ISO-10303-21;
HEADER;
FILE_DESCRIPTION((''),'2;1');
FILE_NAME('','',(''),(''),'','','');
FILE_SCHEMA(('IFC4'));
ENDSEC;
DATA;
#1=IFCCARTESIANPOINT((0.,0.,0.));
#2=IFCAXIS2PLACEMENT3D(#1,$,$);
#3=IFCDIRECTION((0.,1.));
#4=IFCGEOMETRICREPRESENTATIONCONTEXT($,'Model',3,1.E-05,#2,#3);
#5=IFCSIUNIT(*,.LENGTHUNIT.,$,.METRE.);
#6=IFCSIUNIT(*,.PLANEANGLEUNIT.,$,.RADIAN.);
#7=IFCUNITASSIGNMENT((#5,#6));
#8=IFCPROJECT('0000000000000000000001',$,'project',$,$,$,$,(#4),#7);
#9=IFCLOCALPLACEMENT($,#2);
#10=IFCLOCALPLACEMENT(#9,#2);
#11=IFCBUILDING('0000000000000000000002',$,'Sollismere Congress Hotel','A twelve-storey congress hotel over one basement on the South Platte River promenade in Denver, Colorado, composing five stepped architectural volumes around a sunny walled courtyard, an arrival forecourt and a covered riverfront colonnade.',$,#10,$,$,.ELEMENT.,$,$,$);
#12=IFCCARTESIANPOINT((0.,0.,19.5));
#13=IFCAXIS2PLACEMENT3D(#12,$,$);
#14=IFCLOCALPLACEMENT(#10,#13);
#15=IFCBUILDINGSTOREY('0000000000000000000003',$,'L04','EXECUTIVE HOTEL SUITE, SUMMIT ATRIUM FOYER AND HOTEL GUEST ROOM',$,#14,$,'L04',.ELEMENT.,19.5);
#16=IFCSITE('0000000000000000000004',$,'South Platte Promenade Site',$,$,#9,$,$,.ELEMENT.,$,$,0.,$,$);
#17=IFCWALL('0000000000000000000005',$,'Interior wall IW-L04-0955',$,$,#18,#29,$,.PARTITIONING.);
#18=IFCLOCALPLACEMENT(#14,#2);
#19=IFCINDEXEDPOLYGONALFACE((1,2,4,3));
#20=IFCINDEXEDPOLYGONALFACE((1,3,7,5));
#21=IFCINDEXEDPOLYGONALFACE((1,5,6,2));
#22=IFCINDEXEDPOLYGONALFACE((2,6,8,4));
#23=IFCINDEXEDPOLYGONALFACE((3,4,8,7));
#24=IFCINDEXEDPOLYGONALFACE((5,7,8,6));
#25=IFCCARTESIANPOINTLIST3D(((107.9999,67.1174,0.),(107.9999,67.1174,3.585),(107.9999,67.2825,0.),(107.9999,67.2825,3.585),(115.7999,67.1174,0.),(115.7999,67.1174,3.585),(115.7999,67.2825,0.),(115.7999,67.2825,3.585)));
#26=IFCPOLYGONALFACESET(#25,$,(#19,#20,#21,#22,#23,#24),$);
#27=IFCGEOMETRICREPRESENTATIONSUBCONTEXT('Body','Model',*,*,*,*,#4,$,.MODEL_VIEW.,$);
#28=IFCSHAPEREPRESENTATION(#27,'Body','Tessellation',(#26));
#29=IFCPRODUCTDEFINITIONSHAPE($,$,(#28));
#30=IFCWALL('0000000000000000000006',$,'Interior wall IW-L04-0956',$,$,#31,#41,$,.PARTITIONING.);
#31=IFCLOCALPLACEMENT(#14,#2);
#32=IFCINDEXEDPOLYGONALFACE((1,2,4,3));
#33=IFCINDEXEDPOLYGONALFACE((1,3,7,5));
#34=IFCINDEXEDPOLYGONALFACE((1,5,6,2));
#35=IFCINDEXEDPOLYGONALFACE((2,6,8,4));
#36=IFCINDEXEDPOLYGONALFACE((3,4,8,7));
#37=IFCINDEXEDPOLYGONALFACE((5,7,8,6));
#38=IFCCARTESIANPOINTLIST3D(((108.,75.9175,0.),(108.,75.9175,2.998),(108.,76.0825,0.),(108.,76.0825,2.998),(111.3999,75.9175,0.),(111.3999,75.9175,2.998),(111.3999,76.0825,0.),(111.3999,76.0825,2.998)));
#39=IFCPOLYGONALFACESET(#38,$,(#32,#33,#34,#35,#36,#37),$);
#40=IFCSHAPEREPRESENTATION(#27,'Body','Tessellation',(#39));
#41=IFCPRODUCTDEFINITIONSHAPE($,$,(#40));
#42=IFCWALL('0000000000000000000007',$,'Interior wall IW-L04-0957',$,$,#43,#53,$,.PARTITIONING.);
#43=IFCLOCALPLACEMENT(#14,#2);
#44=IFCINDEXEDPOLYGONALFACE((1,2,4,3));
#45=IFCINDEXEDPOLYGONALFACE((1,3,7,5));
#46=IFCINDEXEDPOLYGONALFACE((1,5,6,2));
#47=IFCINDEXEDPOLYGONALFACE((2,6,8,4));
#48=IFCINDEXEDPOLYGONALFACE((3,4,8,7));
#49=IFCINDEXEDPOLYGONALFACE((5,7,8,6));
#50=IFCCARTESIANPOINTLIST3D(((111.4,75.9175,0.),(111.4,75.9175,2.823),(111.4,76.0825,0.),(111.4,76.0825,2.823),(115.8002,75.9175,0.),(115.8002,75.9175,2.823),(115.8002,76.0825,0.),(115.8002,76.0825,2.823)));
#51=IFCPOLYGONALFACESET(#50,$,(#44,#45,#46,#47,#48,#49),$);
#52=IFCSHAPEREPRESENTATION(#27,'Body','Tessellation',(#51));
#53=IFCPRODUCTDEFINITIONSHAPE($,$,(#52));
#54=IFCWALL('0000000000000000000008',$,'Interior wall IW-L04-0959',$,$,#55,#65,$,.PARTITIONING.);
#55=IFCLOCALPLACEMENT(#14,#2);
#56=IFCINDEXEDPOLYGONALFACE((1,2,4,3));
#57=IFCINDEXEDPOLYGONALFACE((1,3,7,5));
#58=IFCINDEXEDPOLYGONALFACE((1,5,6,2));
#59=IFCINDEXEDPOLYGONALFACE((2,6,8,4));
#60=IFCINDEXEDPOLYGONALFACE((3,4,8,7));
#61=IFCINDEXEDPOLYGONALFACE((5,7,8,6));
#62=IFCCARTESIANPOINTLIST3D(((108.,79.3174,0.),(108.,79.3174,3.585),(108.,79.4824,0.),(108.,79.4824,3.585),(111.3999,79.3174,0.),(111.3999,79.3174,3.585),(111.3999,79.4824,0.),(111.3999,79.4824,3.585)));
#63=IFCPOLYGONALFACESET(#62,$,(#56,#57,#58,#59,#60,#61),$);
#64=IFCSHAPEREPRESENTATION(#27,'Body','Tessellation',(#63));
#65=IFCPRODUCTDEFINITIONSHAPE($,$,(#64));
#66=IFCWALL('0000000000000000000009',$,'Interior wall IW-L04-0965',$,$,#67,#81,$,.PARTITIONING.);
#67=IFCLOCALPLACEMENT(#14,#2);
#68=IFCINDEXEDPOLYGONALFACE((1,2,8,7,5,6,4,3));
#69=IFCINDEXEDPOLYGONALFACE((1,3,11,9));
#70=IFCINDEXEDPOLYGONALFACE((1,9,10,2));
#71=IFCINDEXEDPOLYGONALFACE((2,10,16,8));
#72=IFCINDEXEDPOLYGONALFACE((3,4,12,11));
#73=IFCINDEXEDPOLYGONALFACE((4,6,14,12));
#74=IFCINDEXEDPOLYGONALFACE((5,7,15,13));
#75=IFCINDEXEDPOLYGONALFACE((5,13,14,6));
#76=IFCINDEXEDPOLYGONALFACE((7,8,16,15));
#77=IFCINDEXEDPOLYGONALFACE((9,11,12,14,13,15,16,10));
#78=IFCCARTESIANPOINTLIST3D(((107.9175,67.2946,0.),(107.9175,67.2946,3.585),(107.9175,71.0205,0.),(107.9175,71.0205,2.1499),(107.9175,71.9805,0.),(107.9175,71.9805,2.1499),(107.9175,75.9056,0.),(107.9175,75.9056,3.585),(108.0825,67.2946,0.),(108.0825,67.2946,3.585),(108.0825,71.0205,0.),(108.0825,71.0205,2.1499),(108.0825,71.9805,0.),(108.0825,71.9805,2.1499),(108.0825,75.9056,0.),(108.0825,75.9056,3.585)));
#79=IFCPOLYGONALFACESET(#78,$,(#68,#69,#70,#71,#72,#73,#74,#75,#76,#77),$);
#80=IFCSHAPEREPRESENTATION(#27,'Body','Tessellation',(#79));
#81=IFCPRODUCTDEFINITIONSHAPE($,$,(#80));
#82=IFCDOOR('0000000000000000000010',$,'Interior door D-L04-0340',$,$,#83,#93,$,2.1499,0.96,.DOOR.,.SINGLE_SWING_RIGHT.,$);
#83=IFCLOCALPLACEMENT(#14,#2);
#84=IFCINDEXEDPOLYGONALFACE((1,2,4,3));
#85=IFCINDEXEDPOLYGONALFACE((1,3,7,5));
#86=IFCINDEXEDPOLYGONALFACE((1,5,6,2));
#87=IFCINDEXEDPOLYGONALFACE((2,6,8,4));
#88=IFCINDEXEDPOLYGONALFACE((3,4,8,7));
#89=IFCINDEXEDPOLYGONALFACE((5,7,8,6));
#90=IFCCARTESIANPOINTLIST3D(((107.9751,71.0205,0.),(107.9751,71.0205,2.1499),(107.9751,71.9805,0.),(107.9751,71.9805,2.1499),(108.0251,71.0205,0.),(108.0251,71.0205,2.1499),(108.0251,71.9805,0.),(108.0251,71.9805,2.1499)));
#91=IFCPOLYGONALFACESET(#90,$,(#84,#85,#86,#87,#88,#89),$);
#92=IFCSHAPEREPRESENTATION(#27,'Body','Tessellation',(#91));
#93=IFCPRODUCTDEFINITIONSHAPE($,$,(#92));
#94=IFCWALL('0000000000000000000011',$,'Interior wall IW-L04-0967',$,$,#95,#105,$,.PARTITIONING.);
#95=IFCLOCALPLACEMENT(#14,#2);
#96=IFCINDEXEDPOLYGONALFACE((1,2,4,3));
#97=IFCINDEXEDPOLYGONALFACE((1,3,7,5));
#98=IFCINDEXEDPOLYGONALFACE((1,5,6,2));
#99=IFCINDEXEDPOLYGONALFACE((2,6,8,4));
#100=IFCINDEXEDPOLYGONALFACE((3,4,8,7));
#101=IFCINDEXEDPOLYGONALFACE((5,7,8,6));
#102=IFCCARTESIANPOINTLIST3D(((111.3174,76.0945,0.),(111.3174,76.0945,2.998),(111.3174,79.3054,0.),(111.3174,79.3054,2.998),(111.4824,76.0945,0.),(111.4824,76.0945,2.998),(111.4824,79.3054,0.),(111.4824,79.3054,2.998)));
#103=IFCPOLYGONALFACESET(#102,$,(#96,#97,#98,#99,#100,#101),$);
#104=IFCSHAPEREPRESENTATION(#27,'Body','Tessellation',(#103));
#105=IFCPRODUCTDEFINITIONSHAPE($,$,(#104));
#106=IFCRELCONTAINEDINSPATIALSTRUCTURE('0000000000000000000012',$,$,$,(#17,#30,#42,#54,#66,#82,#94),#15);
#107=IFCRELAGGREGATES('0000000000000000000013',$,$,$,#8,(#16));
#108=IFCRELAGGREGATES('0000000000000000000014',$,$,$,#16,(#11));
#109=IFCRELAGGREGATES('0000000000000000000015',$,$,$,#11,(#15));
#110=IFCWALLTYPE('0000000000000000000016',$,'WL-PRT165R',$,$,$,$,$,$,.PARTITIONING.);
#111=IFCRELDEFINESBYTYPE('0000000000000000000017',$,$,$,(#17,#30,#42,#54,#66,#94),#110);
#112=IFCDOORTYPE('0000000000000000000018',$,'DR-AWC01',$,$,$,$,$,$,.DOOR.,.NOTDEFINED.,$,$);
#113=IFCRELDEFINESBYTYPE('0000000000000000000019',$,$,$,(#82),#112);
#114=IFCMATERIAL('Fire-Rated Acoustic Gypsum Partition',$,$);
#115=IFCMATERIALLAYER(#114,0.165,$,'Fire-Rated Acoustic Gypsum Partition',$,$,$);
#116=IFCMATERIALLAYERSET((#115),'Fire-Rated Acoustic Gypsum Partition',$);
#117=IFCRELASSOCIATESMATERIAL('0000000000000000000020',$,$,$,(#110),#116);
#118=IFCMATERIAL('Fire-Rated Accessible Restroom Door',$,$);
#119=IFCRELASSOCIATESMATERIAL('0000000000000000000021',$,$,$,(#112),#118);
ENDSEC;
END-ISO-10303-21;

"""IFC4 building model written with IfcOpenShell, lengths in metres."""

from ifc_helpers import new_model, si_unit, direction, frame, frame_2d, origin, place, context, subcontext, project, spatial, rectangle, extrude, material, layer, layer_set, type_object, element, fill, save


model = new_model("IFC4")

# Units and contexts
model_context = context("Model", 3, precision=1e-05, world=origin(), true_north=direction((0.0, 1.0)))
body_context = subcontext(model_context, "Body", "Model", "MODEL_VIEW")
ifc_project = project(units=[si_unit("LENGTHUNIT", "METRE"), si_unit("PLANEANGLEUNIT", "RADIAN")], contexts=[model_context])

# Site, building, storey
site_placement = place(None, origin())
site = spatial("IfcSite", under=ifc_project, at=site_placement, Name="South Platte Promenade Site", CompositionType="ELEMENT", RefElevation=0.0)
building_placement = place(site_placement, origin())
building = spatial("IfcBuilding", under=site, at=building_placement, Name="Sollismere Congress Hotel", Description="A twelve-storey congress hotel over one basement on the South Platte River promenade in Denver, Colorado, composing five stepped architectural volumes around a sunny walled courtyard, an arrival forecourt and a covered riverfront colonnade.", CompositionType="ELEMENT")
storey_placement = place(building_placement, frame((0.0, 0.0, 19.5)))
storey = spatial("IfcBuildingStorey", under=building, at=storey_placement, Name="L04", Description="EXECUTIVE HOTEL SUITE, SUMMIT ATRIUM FOYER AND HOTEL GUEST ROOM", LongName="L04", CompositionType="ELEMENT", Elevation=19.5)

# Walls
ifc_material_1 = material(Name="Fire-Rated Acoustic Gypsum Partition")
ifc_layer_1 = layer(ifc_material_1, 0.165, Name="Fire-Rated Acoustic Gypsum Partition")
ifc_layer_set_1 = layer_set([ifc_layer_1], Name="Fire-Rated Acoustic Gypsum Partition")
wall_type_1 = type_object("IfcWallType", Name="WL-PRT165R", PredefinedType="PARTITIONING", material=ifc_layer_set_1)
wall_1_placement = place(storey_placement, frame((108.0, 67.2, 0.0), z_axis=(0.0, 0.0, 1.0), x_axis=(1.0, 0.0, 0.0)))
element("IfcWall", 1, at=wall_1_placement, inside=storey, type_object=wall_type_1, Name="Interior wall IW-L04-0955", PredefinedType="PARTITIONING", context=body_context, shape_type="SweptSolid", body=[
    extrude(rectangle(XDim=7.8, YDim=0.165, at=frame_2d((3.8999, 0.0))), origin(), (0.0, 0.0, 1.0), 3.585),
])
wall_2_placement = place(storey_placement, frame((108.0, 76.0, 0.0), z_axis=(0.0, 0.0, 1.0), x_axis=(1.0, 0.0, 0.0)))
element("IfcWall", 2, at=wall_2_placement, inside=storey, type_object=wall_type_1, Name="Interior wall IW-L04-0956", PredefinedType="PARTITIONING", context=body_context, shape_type="SweptSolid", body=[
    extrude(rectangle(XDim=3.3999, YDim=0.165, at=frame_2d((1.7, 0.0))), origin(), (0.0, 0.0, 1.0), 2.998),
])
wall_3_placement = place(storey_placement, frame((111.3999, 76.0, 0.0), z_axis=(0.0, 0.0, 1.0), x_axis=(1.0, 0.0, 0.0)))
element("IfcWall", 3, at=wall_3_placement, inside=storey, type_object=wall_type_1, Name="Interior wall IW-L04-0957", PredefinedType="PARTITIONING", context=body_context, shape_type="SweptSolid", body=[
    extrude(rectangle(XDim=4.4001, YDim=0.165, at=frame_2d((2.2002, 0.0))), origin(), (0.0, 0.0, 1.0), 2.823),
])
wall_4_placement = place(storey_placement, frame((108.0, 79.3999, 0.0), z_axis=(0.0, 0.0, 1.0), x_axis=(1.0, 0.0, 0.0)))
element("IfcWall", 4, at=wall_4_placement, inside=storey, type_object=wall_type_1, Name="Interior wall IW-L04-0959", PredefinedType="PARTITIONING", context=body_context, shape_type="SweptSolid", body=[
    extrude(rectangle(XDim=3.3999, YDim=0.165, at=frame_2d((1.7, 0.0))), origin(), (0.0, 0.0, 1.0), 3.585),
])

# Wall, opening, door
wall_5_placement = place(storey_placement, frame((108.0, 67.2944, 0.0), z_axis=(0.0, 0.0, 1.0), x_axis=(0.0, 1.0, 0.0)))
wall_5 = element("IfcWall", 5, at=wall_5_placement, inside=storey, type_object=wall_type_1, Name="Interior wall IW-L04-0965", PredefinedType="PARTITIONING", context=body_context, shape_type="SweptSolid", body=[
    extrude(rectangle(XDim=8.6111, YDim=0.165, at=frame_2d((4.3057, 0.0))), origin(), (0.0, 0.0, 1.0), 3.585),
])
opening_1_placement = place(wall_5_placement, frame((3.7261, 0.0, 0.0)))
opening_1 = element("IfcOpeningElement", 6, at=opening_1_placement, cuts=wall_5, PredefinedType="OPENING", context=body_context, shape_type="SweptSolid", body=[
    extrude(rectangle(XDim=0.96, YDim=2.1499, at=frame_2d((0.48, 1.075))), frame((0.0, 0.0925, 0.0), z_axis=(0.0, -1.0, 0.0), x_axis=(1.0, 0.0, 0.0)), (0.0, 0.0, 1.0), 0.1851),
])
ifc_material_2 = material(Name="Fire-Rated Accessible Restroom Door")
door_type_1 = type_object("IfcDoorType", Name="DR-AWC01", OperationType="NOTDEFINED", PredefinedType="DOOR", material=ifc_material_2)
door_1_placement = place(opening_1_placement, origin())
door_1 = element("IfcDoor", 7, at=door_1_placement, inside=storey, type_object=door_type_1, Name="Interior door D-L04-0340", OperationType="SINGLE_SWING_RIGHT", OverallHeight=2.1499, OverallWidth=0.96, PredefinedType="DOOR", context=body_context, shape_type="SweptSolid", body=[
    extrude(rectangle(XDim=0.96, YDim=2.1499, at=frame_2d((0.48, 1.075))), frame((0.0, 0.0249, 0.0), z_axis=(0.0, -1.0, 0.0), x_axis=(1.0, 0.0, 0.0)), (0.0, 0.0, 1.0), 0.05),
])
fill(opening_1, door_1)

# Wall
wall_6_placement = place(storey_placement, frame((111.3999, 76.0945, 0.0), z_axis=(0.0, 0.0, 1.0), x_axis=(0.0, 1.0, 0.0)))
element("IfcWall", 8, at=wall_6_placement, inside=storey, type_object=wall_type_1, Name="Interior wall IW-L04-0967", PredefinedType="PARTITIONING", context=body_context, shape_type="SweptSolid", body=[
    extrude(rectangle(XDim=3.2109, YDim=0.165, at=frame_2d((1.6055, 0.0))), origin(), (0.0, 0.0, 1.0), 2.998),
])

save(model, "model.ifc")
